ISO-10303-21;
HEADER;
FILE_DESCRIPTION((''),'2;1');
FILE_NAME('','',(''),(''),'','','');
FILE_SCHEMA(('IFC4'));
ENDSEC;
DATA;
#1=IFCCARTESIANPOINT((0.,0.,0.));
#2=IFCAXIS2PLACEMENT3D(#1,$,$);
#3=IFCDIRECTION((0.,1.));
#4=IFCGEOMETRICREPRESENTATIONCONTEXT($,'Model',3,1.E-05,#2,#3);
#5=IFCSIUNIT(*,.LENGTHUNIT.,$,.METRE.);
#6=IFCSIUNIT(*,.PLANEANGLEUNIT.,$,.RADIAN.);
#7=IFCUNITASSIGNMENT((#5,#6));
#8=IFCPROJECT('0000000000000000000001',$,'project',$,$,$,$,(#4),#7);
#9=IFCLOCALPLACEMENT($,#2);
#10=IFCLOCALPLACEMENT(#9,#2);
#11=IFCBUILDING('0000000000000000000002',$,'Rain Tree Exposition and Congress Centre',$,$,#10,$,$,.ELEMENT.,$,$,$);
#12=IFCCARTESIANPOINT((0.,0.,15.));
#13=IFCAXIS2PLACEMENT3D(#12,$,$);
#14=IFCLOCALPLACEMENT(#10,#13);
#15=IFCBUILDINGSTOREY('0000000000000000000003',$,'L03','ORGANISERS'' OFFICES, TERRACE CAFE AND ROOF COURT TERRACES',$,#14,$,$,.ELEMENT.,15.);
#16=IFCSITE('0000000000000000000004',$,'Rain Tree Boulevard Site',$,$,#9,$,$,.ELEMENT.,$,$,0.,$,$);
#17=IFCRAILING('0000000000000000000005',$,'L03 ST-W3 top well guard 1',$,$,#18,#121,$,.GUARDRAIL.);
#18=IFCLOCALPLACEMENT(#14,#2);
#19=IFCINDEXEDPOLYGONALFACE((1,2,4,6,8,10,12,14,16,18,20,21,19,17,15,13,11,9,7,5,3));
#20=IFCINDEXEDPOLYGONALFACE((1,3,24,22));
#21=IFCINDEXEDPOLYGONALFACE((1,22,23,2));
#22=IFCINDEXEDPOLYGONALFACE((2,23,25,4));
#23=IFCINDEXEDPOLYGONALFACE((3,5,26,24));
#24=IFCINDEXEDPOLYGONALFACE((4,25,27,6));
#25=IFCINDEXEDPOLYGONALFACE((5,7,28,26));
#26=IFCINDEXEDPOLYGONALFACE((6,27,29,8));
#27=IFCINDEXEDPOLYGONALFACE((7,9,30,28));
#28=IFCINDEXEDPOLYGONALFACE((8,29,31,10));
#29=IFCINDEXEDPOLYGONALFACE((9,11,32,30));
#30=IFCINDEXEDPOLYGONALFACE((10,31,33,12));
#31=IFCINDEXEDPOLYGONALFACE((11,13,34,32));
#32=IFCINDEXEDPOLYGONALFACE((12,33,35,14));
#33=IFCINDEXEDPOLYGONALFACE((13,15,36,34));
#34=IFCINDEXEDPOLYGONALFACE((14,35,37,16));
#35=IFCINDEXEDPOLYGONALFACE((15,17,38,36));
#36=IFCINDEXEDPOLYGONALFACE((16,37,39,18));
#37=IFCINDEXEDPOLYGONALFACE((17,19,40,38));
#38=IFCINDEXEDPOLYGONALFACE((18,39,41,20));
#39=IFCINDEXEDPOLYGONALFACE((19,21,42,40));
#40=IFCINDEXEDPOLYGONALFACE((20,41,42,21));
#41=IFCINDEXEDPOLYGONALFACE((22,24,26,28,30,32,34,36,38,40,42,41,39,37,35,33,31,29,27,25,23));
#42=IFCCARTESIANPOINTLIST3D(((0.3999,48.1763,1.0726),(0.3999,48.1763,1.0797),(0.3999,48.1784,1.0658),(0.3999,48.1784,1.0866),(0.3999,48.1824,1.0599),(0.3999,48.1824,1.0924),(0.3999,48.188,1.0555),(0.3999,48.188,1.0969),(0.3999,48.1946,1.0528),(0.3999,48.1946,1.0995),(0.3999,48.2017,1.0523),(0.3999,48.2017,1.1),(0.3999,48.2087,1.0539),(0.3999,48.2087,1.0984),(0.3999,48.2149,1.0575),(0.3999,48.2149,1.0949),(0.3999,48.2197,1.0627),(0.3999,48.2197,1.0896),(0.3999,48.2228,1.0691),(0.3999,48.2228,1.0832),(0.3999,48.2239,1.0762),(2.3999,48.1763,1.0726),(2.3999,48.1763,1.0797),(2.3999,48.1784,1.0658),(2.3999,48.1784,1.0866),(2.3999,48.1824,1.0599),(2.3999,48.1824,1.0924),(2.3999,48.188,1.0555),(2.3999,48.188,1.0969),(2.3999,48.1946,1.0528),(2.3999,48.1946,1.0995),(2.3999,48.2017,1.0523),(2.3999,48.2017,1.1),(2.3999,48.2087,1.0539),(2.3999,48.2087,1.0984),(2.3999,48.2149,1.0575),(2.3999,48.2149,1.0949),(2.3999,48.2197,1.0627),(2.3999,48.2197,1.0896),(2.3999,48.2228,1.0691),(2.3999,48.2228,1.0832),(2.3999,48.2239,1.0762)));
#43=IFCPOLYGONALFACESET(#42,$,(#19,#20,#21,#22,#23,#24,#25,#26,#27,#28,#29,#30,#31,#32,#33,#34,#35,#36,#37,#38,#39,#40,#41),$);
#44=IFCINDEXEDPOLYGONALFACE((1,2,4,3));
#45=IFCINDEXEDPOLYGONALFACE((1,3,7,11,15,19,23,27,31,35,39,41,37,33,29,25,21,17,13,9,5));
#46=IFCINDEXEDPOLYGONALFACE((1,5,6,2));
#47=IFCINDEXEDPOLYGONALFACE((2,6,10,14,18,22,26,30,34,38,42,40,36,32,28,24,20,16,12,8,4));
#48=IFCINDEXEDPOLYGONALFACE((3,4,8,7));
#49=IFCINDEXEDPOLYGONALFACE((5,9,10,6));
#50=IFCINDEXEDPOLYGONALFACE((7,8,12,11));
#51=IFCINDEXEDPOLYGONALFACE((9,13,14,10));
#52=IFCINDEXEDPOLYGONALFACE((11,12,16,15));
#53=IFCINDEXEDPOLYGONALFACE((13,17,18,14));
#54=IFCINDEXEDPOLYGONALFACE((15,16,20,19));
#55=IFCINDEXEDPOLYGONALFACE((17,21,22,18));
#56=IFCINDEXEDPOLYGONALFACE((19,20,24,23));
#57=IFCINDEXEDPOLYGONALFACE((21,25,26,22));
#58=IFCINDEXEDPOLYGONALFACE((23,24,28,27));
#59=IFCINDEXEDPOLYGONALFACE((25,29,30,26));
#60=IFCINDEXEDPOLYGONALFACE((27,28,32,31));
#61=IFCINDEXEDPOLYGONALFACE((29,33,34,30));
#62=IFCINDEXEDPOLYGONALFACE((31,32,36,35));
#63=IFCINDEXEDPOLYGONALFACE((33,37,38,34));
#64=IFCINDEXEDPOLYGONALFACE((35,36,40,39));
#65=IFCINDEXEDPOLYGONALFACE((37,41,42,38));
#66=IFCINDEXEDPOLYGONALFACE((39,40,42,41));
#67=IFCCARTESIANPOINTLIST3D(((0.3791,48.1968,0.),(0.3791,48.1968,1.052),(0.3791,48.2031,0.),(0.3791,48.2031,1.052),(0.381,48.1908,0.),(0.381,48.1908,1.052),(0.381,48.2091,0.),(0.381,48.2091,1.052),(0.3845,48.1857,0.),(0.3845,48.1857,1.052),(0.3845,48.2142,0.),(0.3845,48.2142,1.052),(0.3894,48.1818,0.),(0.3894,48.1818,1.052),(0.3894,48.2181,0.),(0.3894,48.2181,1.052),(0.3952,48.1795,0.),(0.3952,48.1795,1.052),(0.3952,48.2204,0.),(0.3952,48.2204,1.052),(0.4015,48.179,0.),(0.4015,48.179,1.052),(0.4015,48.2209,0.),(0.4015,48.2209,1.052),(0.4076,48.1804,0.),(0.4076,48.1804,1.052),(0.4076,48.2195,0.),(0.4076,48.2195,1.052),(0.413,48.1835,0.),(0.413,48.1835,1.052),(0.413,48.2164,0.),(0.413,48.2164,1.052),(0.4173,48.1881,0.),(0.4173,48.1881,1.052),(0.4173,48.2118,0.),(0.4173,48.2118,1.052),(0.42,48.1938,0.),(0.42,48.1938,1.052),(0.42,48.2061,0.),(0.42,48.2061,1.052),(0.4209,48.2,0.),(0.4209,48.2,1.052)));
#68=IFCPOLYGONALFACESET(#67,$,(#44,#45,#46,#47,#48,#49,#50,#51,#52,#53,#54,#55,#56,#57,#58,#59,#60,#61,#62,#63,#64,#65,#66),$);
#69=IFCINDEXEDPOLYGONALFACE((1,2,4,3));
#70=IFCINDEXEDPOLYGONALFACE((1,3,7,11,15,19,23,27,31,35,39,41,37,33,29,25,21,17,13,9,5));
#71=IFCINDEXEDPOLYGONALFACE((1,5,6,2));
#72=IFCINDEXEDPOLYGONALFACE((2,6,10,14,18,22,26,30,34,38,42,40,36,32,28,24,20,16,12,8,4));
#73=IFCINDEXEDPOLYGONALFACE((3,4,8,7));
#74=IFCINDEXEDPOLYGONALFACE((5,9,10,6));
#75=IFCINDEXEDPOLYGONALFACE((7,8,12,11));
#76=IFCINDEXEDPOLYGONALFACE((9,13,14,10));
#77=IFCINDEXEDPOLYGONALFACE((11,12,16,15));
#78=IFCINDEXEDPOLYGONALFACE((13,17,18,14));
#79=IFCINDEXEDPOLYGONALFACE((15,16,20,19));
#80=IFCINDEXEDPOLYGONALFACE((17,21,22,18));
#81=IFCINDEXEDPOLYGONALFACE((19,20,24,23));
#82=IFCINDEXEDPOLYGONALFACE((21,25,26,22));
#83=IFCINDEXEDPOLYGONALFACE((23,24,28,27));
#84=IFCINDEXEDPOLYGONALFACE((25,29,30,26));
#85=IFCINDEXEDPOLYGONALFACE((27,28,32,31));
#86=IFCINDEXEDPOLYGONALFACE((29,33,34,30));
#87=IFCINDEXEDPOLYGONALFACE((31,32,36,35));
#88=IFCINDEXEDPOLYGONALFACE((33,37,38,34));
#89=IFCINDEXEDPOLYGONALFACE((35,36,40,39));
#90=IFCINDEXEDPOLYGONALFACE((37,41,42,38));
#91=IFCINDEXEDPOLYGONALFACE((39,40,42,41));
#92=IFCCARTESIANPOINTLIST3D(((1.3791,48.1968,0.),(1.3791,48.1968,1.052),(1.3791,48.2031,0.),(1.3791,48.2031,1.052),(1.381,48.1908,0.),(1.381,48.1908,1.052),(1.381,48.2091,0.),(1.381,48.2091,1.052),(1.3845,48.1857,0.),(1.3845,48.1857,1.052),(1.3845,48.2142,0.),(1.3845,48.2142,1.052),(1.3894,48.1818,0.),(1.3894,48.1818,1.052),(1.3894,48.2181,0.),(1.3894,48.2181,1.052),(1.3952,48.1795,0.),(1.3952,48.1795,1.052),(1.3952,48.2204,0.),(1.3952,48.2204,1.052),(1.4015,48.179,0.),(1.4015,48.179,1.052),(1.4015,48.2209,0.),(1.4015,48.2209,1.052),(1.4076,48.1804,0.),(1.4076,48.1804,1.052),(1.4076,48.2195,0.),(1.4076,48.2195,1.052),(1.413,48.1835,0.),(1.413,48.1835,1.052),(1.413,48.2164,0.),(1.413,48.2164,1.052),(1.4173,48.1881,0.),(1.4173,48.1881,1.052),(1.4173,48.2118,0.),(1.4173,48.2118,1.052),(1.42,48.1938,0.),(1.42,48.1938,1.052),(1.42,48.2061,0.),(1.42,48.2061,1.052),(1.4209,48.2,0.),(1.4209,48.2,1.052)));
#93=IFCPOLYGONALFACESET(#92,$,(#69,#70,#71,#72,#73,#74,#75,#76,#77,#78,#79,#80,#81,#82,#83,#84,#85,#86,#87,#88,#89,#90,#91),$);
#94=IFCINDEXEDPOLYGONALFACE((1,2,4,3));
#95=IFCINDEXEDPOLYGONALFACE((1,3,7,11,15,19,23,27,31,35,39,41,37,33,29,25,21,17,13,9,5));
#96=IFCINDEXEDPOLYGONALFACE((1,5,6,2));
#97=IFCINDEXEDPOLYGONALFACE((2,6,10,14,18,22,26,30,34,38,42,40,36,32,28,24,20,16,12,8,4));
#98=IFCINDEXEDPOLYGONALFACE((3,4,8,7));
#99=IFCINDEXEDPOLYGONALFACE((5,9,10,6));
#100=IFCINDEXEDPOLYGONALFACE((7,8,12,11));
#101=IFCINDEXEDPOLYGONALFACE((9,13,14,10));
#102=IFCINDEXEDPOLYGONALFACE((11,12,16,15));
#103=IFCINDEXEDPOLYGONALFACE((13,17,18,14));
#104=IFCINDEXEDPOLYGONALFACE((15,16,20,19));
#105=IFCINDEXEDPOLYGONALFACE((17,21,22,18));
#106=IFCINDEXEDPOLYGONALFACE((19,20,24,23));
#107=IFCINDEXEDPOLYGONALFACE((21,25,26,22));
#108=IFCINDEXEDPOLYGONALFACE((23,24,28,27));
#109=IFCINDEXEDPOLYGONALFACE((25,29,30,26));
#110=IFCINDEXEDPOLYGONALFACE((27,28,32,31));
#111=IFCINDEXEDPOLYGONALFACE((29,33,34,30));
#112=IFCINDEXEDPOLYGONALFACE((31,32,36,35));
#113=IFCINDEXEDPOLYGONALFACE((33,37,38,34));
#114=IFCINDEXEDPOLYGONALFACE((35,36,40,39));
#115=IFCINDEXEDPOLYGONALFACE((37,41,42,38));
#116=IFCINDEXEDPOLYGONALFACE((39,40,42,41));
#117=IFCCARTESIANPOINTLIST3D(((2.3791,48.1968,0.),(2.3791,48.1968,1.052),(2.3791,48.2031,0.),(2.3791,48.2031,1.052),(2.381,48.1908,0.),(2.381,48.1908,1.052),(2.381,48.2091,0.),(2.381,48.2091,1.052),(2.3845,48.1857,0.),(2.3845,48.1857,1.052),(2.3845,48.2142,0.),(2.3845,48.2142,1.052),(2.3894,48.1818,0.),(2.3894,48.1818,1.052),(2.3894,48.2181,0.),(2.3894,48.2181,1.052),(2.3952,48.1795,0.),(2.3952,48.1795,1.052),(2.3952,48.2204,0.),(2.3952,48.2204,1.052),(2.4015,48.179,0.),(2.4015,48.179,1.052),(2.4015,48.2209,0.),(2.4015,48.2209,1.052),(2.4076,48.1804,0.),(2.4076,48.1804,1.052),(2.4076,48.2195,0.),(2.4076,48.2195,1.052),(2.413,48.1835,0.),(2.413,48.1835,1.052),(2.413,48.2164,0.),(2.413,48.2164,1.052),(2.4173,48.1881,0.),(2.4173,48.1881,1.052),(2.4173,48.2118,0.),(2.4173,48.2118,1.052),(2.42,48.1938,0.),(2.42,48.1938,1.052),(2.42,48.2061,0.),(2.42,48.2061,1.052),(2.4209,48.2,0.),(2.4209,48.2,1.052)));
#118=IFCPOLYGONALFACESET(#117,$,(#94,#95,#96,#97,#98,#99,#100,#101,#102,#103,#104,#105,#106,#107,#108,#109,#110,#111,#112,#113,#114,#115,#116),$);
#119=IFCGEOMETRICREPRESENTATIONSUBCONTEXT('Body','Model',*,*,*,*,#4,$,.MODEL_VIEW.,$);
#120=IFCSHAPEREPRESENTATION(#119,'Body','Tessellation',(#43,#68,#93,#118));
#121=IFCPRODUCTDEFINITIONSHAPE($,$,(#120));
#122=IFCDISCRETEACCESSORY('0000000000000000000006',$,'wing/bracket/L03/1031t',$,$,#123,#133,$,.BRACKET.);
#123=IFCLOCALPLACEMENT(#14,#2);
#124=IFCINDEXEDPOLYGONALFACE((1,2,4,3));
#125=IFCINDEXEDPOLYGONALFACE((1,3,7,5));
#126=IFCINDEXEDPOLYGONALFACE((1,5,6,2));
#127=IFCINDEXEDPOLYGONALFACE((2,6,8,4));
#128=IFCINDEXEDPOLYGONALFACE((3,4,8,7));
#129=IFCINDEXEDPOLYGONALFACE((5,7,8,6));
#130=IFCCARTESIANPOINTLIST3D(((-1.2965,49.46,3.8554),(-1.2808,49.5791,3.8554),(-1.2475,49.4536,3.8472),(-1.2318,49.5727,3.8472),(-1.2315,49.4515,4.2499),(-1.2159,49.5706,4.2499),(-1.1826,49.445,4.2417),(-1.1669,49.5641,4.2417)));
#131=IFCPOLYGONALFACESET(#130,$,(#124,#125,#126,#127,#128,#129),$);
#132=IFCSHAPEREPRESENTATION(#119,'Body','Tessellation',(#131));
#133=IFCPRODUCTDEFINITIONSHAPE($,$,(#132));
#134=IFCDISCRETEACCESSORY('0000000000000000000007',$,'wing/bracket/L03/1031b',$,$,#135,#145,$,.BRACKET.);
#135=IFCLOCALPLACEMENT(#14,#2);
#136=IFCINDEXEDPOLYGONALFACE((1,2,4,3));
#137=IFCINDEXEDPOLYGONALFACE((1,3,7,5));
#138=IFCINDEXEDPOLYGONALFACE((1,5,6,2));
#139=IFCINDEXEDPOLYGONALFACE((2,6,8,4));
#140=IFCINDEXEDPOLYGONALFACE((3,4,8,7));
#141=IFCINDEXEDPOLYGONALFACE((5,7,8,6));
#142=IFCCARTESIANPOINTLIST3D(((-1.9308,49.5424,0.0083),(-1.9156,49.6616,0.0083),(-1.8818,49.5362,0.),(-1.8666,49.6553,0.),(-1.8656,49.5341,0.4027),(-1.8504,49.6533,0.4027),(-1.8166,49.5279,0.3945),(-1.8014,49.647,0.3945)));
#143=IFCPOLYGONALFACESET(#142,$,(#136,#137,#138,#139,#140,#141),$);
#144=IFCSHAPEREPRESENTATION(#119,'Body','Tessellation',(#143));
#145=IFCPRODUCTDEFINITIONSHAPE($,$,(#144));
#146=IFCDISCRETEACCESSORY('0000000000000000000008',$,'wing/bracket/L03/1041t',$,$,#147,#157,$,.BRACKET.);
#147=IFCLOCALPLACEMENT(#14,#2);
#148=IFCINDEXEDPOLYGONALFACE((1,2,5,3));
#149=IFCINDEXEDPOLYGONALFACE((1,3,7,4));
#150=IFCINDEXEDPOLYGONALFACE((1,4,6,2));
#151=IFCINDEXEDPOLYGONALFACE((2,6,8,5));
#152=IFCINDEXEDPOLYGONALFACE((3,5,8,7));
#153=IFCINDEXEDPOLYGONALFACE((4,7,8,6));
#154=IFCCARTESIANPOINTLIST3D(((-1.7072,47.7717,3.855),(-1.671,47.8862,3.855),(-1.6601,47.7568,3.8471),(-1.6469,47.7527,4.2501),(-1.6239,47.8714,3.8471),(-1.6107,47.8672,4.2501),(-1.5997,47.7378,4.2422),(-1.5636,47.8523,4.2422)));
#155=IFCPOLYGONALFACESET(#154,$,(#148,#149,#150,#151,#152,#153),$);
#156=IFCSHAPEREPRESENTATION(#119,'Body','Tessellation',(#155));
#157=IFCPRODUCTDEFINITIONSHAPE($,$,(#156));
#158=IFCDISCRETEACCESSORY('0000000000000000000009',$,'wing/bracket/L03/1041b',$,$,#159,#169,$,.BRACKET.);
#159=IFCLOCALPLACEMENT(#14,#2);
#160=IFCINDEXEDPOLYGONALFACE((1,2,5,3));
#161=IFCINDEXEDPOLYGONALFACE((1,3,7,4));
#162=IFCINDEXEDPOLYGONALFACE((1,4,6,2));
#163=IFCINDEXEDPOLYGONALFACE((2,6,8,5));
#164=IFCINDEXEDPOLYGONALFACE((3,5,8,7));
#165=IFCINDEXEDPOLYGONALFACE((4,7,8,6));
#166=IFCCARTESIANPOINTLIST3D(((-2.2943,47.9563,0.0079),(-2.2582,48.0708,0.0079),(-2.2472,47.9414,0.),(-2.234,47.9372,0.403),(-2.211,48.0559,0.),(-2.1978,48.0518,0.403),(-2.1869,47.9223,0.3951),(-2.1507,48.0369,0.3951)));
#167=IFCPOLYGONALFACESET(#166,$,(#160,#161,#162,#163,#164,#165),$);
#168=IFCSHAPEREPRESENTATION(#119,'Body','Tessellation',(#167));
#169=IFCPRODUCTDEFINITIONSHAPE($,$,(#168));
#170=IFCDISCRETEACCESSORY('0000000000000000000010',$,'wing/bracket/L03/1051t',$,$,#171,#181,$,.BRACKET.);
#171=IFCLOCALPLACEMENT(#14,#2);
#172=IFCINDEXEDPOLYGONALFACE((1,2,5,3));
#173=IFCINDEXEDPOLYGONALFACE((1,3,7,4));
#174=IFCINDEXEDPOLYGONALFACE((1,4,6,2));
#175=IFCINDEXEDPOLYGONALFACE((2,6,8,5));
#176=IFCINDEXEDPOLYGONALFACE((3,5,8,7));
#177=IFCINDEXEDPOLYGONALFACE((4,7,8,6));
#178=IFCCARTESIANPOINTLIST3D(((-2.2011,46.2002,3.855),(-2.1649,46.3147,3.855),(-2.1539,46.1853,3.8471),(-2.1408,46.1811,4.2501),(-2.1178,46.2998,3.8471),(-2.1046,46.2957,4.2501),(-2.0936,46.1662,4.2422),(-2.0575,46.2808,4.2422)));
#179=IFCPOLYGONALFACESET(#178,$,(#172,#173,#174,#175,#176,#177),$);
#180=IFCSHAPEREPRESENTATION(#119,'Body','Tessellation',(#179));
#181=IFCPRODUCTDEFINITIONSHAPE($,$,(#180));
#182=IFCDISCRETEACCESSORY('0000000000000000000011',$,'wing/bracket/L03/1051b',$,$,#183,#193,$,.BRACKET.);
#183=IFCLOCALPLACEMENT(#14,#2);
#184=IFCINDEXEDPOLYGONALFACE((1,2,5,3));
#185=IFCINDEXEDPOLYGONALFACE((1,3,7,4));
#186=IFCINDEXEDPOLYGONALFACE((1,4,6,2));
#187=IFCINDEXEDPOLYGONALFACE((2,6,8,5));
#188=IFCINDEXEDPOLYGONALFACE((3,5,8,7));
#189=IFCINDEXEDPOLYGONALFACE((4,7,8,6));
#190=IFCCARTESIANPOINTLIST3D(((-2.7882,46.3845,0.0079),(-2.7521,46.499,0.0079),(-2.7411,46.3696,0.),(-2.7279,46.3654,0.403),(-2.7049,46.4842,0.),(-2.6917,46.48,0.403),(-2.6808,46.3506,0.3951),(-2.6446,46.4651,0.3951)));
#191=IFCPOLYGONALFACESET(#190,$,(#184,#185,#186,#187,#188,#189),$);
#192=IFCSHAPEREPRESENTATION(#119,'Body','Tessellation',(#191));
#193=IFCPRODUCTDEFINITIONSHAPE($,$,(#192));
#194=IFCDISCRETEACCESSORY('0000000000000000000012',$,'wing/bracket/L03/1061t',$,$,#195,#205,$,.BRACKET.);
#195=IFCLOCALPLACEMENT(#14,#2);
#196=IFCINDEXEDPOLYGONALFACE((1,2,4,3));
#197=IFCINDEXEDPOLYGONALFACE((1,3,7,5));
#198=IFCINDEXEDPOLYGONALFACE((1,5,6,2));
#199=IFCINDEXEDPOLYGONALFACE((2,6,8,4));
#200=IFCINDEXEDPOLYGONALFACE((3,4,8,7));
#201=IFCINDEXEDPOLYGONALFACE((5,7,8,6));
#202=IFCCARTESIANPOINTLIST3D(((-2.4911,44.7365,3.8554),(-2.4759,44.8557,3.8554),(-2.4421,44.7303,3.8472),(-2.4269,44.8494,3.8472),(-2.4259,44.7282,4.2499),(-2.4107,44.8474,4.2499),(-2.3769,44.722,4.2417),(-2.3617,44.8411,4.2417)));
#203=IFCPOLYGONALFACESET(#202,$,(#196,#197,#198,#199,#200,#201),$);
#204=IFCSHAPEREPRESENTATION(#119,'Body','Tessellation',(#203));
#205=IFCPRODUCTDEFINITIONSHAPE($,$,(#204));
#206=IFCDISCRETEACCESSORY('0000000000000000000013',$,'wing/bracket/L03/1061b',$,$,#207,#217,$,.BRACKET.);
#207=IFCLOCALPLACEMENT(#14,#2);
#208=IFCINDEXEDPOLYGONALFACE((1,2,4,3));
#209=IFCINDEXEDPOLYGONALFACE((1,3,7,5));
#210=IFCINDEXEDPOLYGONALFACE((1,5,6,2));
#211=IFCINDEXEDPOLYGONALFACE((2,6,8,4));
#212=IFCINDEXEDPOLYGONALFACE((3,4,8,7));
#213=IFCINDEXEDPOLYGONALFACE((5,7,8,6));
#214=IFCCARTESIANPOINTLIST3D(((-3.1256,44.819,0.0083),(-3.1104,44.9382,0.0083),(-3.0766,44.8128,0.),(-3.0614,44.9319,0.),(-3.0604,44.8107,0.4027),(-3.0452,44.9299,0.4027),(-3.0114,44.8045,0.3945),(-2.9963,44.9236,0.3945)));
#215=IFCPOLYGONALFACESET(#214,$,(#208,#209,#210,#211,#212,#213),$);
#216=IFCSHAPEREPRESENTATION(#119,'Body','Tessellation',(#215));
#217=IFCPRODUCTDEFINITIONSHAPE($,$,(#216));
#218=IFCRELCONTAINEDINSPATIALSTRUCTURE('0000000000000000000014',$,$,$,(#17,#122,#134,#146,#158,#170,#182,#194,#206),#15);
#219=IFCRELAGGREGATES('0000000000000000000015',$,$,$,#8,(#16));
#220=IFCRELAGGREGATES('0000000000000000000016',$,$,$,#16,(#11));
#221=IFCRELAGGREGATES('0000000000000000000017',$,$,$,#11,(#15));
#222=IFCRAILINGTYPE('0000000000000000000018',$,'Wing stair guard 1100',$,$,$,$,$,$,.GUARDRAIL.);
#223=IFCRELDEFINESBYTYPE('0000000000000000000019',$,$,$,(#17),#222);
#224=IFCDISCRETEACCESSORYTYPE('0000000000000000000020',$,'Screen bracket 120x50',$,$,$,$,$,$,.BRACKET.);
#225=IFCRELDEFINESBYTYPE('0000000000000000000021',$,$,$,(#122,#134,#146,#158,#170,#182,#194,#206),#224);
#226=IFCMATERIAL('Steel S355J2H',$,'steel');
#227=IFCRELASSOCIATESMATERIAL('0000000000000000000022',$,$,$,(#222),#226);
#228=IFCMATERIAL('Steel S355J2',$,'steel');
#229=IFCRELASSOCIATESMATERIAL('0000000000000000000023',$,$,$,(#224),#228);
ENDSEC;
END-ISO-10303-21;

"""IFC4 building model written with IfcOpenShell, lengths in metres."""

from ifc_helpers import new_model, si_unit, direction, frame, origin, origin_2d, place, context, subcontext, project, spatial, rectangle, circle, extrude, material, material_profile, profile_set, type_object, element, save


model = new_model("IFC4")

# Units and contexts
model_context = context("Model", 3, precision=1e-05, world=origin(), true_north=direction((0.0, 1.0)))
body_context = subcontext(model_context, "Body", "Model", "MODEL_VIEW")
ifc_project = project(units=[si_unit("LENGTHUNIT", "METRE"), si_unit("PLANEANGLEUNIT", "RADIAN")], contexts=[model_context])

# Site, building, storey
site_placement = place(None, origin())
site = spatial("IfcSite", under=ifc_project, at=site_placement, Name="Rain Tree Boulevard Site", CompositionType="ELEMENT", RefElevation=0.0)
building_placement = place(site_placement, origin())
building = spatial("IfcBuilding", under=site, at=building_placement, Name="Rain Tree Exposition and Congress Centre", CompositionType="ELEMENT")
storey_placement = place(building_placement, frame((0.0, 0.0, 15.0)))
storey = spatial("IfcBuildingStorey", under=building, at=storey_placement, Name="L03", Description="ORGANISERS' OFFICES, TERRACE CAFE AND ROOF COURT TERRACES", CompositionType="ELEMENT", Elevation=15.0)

# Railing
ifc_material_1 = material(Name="Steel S355J2H", Category="steel")
railing_type = type_object("IfcRailingType", Name="Wing stair guard 1100", PredefinedType="GUARDRAIL", material=ifc_material_1)
railing_placement = place(storey_placement, frame((0.3999, 48.2, 0.0)))
element("IfcRailing", 1, at=railing_placement, inside=storey, type_object=railing_type, Name="L03 ST-W3 top well guard 1", PredefinedType="GUARDRAIL", context=body_context, shape_type="SweptSolid", body=[
    extrude(circle(Radius=0.0239, at=origin_2d()), frame((0.0, 0.0, 1.0762), z_axis=(1.0, 0.0, 0.0), x_axis=(0.0, 1.0, 0.0)), (0.0, 0.0, 1.0), 2.0),
    extrude(circle(Radius=0.021, at=origin_2d()), origin(), (0.0, 0.0, 1.0), 1.052),
    extrude(circle(Radius=0.021, at=origin_2d()), frame((1.0, 0.0, 0.0)), (0.0, 0.0, 1.0), 1.052),
    extrude(circle(Radius=0.021, at=origin_2d()), frame((2.0, 0.0, 0.0)), (0.0, 0.0, 1.0), 1.052),
])

# Discrete accessories
ifc_material_2 = material(Name="Steel S355J2", Category="steel")
ifc_material_profile_1 = material_profile(ifc_material_2, rectangle(XDim=0.1201, YDim=0.05, at=origin_2d()), Name="Flat bar 120x50")
ifc_profile_set_1 = profile_set([ifc_material_profile_1], Name="Steel S355J2")
discrete_accessory_type = type_object("IfcDiscreteAccessoryType", Name="Screen bracket 120x50", PredefinedType="BRACKET", material=ifc_profile_set_1)
for number, where, z_axis, x_axis, name in (
    (2, (-1.2642, 49.5164, 3.8513), (0.162381, -0.021366, 0.986497), (0.130455, 0.991454, 0.0), "wing/bracket/L03/1031t"),
    (3, (-1.8987, 49.5989, 0.0042), (0.162978, -0.020754, 0.986411), (0.126321, 0.991989, 0.0), "wing/bracket/L03/1031b"),
):
    element("IfcDiscreteAccessory", number, at=place(storey_placement, frame(where, z_axis=z_axis, x_axis=x_axis)), inside=storey, type_object=discrete_accessory_type, Name=name, PredefinedType="BRACKET", context=body_context, shape_type="SweptSolid", body=[
        extrude(rectangle(XDim=0.1201, YDim=0.05, at=origin_2d()), origin(), (0.0, 0.0, 1.0), 0.3999),
    ])
for number, where, z_axis, x_axis, name in (
    (4, (-1.6655, 47.8215, 3.8511), (0.150738, -0.047602, 0.987427), (0.301131, 0.953583, 0.0), "wing/bracket/L03/1041t"),
    (5, (-2.2527, 48.0061, 0.0039), (0.150738, -0.047602, 0.987427), (0.301131, 0.953583, 0.0), "wing/bracket/L03/1041b"),
    (6, (-2.1594, 46.25, 3.8511), (0.150738, -0.047602, 0.987427), (0.301131, 0.953583, 0.0), "wing/bracket/L03/1051t"),
    (7, (-2.7466, 46.4343, 0.0039), (0.150738, -0.047602, 0.987427), (0.301131, 0.953583, 0.0), "wing/bracket/L03/1051b"),
):
    element("IfcDiscreteAccessory", number, at=place(storey_placement, frame(where, z_axis=z_axis, x_axis=x_axis)), inside=storey, type_object=discrete_accessory_type, Name=name, PredefinedType="BRACKET", context=body_context, shape_type="SweptSolid", body=[
        extrude(rectangle(XDim=0.1201, YDim=0.05, at=origin_2d()), origin(), (0.0, 0.0, 1.0), 0.4001),
    ])
for number, where, z_axis, x_axis, name in (
    (8, (-2.459, 44.793, 3.8513), (0.162978, -0.020754, 0.986411), (0.126321, 0.991989, 0.0), "wing/bracket/L03/1061t"),
    (9, (-3.0935, 44.8755, 0.0042), (0.162978, -0.020754, 0.986411), (0.126321, 0.991989, 0.0), "wing/bracket/L03/1061b"),
):
    element("IfcDiscreteAccessory", number, at=place(storey_placement, frame(where, z_axis=z_axis, x_axis=x_axis)), inside=storey, type_object=discrete_accessory_type, Name=name, PredefinedType="BRACKET", context=body_context, shape_type="SweptSolid", body=[
        extrude(rectangle(XDim=0.1201, YDim=0.05, at=origin_2d()), origin(), (0.0, 0.0, 1.0), 0.3999),
    ])

save(model, "model.ifc")
